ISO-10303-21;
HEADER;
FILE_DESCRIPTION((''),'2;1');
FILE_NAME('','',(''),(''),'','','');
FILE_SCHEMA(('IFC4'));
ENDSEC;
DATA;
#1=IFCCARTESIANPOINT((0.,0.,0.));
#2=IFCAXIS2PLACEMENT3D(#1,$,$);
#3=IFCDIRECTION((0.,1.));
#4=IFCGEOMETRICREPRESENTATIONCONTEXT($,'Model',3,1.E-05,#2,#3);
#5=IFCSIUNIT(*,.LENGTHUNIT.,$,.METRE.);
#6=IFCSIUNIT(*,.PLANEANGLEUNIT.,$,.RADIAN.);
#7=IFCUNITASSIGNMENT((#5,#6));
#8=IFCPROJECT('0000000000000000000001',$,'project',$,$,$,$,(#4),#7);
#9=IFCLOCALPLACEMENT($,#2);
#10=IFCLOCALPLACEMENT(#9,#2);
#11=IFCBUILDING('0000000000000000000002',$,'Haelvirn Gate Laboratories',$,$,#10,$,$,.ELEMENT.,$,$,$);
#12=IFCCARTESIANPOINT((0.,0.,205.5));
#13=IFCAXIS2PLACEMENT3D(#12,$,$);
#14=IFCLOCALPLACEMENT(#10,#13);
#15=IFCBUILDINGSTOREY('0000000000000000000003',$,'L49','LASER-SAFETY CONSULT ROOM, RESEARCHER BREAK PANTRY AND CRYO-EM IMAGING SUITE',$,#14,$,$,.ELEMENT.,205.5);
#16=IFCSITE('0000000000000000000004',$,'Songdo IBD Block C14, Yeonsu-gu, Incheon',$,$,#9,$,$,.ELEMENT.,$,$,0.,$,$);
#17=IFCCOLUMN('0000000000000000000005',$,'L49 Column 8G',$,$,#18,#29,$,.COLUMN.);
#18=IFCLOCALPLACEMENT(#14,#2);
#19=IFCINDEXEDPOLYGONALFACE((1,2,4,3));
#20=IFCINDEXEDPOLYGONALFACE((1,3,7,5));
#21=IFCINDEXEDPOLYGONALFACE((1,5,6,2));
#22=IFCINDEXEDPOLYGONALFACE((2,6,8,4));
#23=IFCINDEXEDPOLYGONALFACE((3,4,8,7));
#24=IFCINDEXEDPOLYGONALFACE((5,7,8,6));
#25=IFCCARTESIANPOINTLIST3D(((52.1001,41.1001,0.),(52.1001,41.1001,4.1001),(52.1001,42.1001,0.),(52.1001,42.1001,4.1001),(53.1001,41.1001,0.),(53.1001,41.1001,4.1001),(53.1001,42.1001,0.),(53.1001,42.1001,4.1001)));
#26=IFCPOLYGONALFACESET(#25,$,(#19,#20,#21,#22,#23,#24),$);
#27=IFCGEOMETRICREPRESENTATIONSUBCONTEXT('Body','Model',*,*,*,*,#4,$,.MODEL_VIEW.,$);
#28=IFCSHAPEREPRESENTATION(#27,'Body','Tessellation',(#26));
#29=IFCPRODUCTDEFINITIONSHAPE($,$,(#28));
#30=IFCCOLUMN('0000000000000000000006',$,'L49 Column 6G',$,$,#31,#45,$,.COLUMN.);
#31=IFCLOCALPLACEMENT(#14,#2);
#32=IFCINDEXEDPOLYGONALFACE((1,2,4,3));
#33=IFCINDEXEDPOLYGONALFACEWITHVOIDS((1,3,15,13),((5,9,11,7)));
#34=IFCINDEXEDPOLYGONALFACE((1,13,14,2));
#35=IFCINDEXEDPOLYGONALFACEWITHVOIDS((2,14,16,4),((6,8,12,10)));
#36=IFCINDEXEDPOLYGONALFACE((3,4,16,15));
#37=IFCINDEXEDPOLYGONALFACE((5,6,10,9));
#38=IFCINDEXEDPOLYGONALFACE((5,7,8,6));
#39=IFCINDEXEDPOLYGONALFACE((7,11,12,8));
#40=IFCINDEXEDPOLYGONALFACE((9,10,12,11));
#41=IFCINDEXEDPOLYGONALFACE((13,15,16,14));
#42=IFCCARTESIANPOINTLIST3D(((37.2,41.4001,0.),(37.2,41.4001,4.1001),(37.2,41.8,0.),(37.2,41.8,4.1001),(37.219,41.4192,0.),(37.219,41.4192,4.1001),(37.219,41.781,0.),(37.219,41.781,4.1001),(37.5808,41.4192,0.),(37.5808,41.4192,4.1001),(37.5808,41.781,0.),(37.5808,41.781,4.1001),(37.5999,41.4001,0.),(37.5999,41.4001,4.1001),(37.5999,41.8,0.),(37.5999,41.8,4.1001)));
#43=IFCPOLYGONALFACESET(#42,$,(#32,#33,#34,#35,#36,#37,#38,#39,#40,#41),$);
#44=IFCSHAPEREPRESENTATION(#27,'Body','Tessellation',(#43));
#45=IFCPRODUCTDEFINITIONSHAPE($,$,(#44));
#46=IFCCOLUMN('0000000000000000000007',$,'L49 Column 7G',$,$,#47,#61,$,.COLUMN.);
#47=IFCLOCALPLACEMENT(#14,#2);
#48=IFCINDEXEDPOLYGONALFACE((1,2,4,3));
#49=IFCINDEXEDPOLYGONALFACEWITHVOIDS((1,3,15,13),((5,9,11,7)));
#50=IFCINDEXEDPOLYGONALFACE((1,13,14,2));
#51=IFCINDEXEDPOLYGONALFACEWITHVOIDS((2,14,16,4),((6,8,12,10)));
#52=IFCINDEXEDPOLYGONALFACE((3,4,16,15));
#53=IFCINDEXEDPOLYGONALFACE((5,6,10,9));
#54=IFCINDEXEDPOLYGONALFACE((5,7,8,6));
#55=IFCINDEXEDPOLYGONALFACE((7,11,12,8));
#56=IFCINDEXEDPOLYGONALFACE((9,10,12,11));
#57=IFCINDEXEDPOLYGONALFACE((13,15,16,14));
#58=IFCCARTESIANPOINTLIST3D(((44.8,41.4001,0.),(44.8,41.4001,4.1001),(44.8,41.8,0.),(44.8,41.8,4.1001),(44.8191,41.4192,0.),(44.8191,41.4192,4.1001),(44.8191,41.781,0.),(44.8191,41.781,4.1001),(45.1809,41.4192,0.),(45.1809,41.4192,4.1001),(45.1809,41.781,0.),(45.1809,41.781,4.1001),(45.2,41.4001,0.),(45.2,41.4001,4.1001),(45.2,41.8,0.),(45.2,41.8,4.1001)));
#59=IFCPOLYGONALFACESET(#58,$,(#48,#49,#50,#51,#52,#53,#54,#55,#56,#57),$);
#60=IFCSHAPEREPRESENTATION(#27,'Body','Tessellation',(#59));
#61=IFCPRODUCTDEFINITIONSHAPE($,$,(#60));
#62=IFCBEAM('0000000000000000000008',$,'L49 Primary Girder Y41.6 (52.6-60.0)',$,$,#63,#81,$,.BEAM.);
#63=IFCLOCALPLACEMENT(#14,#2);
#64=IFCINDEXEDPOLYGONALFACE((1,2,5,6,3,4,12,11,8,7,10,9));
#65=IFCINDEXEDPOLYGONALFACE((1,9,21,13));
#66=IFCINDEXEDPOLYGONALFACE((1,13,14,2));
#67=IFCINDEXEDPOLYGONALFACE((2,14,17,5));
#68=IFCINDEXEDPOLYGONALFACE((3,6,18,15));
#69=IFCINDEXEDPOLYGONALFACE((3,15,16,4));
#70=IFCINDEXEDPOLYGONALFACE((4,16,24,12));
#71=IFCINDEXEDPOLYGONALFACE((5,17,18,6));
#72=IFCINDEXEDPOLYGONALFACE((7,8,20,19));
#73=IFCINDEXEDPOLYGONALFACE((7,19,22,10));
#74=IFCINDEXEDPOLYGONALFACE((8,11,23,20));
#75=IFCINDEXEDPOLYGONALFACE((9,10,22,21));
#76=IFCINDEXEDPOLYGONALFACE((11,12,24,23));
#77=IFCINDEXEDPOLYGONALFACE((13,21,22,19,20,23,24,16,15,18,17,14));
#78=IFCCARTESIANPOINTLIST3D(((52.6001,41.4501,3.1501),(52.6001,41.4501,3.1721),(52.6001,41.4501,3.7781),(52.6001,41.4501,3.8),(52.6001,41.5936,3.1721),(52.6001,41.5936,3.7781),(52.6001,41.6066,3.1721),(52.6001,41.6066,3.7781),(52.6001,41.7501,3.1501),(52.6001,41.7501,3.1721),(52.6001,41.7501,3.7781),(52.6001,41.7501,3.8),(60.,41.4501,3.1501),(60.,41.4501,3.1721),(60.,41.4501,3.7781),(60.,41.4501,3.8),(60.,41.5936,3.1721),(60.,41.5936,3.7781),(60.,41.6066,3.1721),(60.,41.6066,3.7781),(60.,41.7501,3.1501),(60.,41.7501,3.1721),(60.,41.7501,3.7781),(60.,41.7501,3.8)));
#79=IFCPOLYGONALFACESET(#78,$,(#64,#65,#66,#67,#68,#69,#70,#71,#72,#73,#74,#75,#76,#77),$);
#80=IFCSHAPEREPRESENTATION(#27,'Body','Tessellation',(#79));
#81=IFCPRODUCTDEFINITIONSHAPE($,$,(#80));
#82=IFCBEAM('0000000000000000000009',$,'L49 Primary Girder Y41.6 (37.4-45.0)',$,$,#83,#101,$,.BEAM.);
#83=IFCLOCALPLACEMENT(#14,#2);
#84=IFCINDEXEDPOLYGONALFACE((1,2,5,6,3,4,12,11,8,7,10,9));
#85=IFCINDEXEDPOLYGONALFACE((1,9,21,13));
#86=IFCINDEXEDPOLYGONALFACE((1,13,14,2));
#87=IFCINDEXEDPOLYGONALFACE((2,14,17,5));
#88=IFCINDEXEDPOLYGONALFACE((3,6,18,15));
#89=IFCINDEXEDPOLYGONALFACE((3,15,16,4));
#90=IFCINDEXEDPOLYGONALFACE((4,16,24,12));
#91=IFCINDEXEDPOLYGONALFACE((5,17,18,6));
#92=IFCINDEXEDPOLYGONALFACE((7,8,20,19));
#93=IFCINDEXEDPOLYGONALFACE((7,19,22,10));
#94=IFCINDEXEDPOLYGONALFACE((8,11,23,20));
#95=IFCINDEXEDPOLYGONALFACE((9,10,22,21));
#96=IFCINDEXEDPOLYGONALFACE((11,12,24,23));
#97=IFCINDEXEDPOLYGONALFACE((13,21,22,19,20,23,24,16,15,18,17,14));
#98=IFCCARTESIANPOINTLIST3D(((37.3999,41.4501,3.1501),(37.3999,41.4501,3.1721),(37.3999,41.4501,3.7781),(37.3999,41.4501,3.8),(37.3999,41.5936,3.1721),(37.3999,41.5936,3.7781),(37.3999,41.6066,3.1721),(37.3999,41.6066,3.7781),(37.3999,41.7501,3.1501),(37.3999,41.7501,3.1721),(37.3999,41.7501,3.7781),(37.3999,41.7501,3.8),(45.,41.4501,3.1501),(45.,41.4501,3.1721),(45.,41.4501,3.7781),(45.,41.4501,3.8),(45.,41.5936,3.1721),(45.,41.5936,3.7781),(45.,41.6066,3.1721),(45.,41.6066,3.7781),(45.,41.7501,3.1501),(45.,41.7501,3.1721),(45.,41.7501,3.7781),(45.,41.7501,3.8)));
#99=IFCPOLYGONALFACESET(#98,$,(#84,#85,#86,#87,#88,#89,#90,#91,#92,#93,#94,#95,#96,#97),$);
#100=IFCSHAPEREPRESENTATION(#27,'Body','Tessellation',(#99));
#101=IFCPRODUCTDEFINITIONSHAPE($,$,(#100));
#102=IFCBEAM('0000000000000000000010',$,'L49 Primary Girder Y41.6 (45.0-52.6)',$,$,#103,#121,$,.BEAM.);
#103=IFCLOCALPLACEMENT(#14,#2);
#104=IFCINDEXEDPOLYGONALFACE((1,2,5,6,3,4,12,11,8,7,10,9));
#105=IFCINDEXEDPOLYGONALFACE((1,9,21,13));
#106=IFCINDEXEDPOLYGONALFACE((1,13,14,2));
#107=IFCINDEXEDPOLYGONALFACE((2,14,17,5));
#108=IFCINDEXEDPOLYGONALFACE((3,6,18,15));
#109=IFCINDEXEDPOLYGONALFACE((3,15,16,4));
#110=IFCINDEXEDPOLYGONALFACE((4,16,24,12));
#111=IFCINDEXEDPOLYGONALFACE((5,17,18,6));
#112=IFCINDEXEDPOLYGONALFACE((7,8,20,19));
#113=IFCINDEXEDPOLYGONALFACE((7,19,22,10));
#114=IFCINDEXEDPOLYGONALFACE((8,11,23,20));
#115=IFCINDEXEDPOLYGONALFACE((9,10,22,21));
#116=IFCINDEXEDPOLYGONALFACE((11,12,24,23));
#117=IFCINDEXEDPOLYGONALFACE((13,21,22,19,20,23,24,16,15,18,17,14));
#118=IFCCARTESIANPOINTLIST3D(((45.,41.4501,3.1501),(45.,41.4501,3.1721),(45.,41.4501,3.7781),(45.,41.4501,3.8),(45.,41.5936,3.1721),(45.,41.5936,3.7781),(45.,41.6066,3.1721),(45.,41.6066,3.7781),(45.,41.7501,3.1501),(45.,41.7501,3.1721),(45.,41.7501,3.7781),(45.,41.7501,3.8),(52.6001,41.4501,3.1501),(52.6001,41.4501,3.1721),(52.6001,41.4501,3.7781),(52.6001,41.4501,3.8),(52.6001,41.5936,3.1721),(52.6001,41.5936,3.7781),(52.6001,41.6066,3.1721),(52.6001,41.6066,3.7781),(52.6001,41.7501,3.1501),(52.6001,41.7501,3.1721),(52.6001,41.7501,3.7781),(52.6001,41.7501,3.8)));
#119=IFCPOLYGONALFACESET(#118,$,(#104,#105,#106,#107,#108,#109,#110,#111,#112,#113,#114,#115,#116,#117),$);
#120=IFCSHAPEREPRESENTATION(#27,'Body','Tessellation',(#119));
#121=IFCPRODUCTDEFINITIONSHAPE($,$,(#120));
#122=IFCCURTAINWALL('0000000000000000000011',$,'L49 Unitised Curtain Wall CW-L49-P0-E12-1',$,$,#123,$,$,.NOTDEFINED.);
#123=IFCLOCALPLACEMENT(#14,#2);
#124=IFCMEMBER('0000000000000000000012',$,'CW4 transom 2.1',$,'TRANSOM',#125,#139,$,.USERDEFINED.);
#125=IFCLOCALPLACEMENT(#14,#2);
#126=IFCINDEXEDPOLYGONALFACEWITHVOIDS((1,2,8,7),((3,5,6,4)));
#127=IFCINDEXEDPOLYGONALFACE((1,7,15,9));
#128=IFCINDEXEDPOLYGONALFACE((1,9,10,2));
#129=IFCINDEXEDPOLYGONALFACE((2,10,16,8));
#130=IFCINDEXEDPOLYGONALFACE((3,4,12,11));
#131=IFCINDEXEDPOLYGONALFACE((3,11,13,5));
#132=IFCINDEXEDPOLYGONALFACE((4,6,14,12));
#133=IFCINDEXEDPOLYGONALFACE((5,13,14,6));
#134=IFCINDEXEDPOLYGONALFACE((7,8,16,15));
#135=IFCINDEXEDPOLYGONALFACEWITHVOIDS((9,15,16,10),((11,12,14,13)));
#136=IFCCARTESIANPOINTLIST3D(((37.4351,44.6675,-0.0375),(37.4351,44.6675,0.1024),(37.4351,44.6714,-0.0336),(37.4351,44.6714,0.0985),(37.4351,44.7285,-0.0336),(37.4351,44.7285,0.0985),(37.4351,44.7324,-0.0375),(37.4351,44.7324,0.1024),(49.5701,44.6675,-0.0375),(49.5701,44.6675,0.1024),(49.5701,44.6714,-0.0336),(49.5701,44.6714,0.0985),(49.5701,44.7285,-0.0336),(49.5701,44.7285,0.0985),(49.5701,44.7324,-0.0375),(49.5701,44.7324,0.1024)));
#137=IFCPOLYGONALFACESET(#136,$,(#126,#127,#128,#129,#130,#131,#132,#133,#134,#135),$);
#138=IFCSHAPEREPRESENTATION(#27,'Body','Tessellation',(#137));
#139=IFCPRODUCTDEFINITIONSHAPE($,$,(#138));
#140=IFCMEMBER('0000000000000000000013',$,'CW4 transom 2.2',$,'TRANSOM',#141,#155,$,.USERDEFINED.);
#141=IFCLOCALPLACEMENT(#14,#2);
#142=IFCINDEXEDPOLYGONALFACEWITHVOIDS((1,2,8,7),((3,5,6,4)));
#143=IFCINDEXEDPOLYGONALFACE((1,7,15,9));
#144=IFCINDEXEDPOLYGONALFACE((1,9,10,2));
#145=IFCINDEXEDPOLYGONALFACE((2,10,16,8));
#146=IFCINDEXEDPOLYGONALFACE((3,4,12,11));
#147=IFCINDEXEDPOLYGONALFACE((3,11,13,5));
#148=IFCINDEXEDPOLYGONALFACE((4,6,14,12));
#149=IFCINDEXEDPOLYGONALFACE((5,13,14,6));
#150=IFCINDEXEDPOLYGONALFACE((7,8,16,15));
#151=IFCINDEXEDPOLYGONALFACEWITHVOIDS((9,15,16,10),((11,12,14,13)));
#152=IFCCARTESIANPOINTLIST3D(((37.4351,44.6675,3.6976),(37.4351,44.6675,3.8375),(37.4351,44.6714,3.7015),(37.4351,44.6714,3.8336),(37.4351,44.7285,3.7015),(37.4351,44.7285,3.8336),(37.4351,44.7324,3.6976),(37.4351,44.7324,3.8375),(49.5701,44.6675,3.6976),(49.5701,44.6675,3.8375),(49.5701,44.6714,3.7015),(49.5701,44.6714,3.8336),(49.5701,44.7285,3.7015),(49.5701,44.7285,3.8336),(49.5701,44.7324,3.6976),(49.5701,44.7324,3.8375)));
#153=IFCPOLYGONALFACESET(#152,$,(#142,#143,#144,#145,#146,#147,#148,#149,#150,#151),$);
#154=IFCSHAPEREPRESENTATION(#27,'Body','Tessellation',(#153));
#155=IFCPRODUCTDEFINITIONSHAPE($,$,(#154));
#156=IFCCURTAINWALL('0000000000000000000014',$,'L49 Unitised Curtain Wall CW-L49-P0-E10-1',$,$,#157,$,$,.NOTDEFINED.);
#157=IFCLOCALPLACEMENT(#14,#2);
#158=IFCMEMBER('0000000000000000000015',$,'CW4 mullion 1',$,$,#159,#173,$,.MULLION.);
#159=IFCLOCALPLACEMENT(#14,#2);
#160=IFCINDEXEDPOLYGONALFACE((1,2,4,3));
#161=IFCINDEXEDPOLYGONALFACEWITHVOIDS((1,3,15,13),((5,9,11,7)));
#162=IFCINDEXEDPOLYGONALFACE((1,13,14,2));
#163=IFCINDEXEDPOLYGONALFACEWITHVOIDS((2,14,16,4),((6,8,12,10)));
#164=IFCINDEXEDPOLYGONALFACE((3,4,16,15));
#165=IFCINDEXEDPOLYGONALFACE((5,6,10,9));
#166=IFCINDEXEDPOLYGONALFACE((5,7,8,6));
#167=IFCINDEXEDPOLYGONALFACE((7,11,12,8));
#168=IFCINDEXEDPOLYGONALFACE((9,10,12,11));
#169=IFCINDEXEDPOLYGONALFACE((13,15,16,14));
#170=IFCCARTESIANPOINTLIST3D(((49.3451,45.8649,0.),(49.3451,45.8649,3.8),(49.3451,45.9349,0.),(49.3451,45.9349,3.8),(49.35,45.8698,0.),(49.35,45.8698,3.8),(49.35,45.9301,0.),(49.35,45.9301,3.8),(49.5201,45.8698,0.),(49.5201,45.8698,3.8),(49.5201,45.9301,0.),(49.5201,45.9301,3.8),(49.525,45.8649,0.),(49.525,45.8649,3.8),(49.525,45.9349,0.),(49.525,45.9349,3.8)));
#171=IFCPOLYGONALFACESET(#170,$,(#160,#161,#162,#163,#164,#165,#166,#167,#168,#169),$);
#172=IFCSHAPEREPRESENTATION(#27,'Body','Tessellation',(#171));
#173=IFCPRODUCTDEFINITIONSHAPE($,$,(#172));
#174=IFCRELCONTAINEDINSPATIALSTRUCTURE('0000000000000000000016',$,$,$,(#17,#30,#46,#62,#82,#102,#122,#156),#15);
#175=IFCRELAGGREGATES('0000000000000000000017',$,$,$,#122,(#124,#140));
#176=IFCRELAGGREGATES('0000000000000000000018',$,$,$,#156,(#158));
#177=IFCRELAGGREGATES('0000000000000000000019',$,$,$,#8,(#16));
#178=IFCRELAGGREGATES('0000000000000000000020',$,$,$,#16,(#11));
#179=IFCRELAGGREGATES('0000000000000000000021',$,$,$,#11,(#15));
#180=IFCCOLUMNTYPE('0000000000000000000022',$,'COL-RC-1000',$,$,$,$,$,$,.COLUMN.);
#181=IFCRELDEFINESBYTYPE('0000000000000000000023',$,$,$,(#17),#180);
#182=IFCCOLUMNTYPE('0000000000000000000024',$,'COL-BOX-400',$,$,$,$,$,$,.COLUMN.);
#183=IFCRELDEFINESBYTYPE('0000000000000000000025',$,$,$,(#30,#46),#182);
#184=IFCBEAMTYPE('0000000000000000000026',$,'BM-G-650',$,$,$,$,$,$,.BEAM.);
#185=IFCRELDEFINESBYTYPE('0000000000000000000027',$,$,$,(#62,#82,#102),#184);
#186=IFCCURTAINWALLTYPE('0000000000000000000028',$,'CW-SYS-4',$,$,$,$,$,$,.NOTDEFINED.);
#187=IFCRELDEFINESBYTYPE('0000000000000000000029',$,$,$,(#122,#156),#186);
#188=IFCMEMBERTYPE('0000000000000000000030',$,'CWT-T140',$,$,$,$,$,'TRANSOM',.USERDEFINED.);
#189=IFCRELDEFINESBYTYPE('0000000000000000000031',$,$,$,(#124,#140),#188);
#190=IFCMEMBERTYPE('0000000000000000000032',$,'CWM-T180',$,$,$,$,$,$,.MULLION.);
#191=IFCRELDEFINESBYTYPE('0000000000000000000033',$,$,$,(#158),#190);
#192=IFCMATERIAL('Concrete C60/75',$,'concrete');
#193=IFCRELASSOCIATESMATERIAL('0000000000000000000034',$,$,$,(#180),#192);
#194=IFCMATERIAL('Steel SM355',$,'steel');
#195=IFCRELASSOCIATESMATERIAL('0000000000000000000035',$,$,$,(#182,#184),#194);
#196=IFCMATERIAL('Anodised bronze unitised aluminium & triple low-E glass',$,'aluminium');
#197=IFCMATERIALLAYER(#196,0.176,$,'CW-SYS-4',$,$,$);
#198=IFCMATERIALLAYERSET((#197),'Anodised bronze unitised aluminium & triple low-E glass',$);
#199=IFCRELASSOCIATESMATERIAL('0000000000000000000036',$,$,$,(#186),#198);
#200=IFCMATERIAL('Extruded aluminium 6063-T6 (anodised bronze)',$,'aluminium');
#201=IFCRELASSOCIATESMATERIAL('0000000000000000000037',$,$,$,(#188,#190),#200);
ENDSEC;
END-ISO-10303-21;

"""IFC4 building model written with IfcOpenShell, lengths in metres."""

from ifc_helpers import new_model, si_unit, direction, frame, origin, origin_2d, place, context, subcontext, project, spatial, rectangle, hollow_rectangle, i_section, extrude, source, transform, mapped, material, layer, layer_set, material_profile, profile_set, type_object, type_shapes, element, aggregate, save


model = new_model("IFC4")

# Units and contexts
model_context = context("Model", 3, precision=1e-05, world=origin(), true_north=direction((0.0, 1.0)))
body_context = subcontext(model_context, "Body", "Model", "MODEL_VIEW")
ifc_project = project(units=[si_unit("LENGTHUNIT", "METRE"), si_unit("PLANEANGLEUNIT", "RADIAN")], contexts=[model_context])

# Site, building, storey
site_placement = place(None, origin())
site = spatial("IfcSite", under=ifc_project, at=site_placement, Name="Songdo IBD Block C14, Yeonsu-gu, Incheon", CompositionType="ELEMENT", RefElevation=0.0)
building_placement = place(site_placement, origin())
building = spatial("IfcBuilding", under=site, at=building_placement, Name="Haelvirn Gate Laboratories", CompositionType="ELEMENT")
storey_placement = place(building_placement, frame((0.0, 0.0, 205.5)))
storey = spatial("IfcBuildingStorey", under=building, at=storey_placement, Name="L49", Description="LASER-SAFETY CONSULT ROOM, RESEARCHER BREAK PANTRY AND CRYO-EM IMAGING SUITE", CompositionType="ELEMENT", Elevation=205.5)

# Columns
ifc_material_1 = material(Name="Concrete C60/75", Category="concrete")
ifc_material_profile_1 = material_profile(ifc_material_1, rectangle(XDim=1.0, YDim=1.0, at=origin_2d()), Name="RC-1000x1000")
ifc_profile_set_1 = profile_set([ifc_material_profile_1], Name="Concrete C60/75")
column_type_1 = type_object("IfcColumnType", Name="COL-RC-1000", PredefinedType="COLUMN", material=ifc_profile_set_1)
shared_shape_1 = source(origin(), body_context, "Body", "SweptSolid", [
    extrude(rectangle(XDim=1.0, YDim=1.0, at=origin_2d()), origin(), (0.0, 0.0, 1.0), 4.1001),
])
type_shapes(column_type_1, [shared_shape_1])
column_placement = place(storey_placement, frame((52.6001, 41.6001, 0.0), z_axis=(0.0, 0.0, 1.0), x_axis=(1.0, 0.0, 0.0)))
element("IfcColumn", 1, at=column_placement, inside=storey, type_object=column_type_1, Name="L49 Column 8G", PredefinedType="COLUMN", context=body_context, shape_type="MappedRepresentation", body=[
    mapped(shared_shape_1, transform((0.0, 0.0, 0.0), scale=1.0)),
])
ifc_material_2 = material(Name="Steel SM355", Category="steel")
ifc_material_profile_2 = material_profile(ifc_material_2, hollow_rectangle(XDim=0.3999, YDim=0.3999, WallThickness=0.019, at=origin_2d()), Name="BOX-400x400x19")
ifc_profile_set_2 = profile_set([ifc_material_profile_2], Name="Steel SM355")
column_type_2 = type_object("IfcColumnType", Name="COL-BOX-400", PredefinedType="COLUMN", material=ifc_profile_set_2)
shared_shape_2 = source(origin(), body_context, "Body", "SweptSolid", [
    extrude(hollow_rectangle(XDim=0.3999, YDim=0.3999, WallThickness=0.019, at=origin_2d()), origin(), (0.0, 0.0, 1.0), 4.1001),
])
type_shapes(column_type_2, [shared_shape_2])
for number, where, z_axis, x_axis, name in (
    (2, (37.3999, 41.6001, 0.0), (0.0, 0.0, 1.0), (1.0, 0.0, 0.0), "L49 Column 6G"),
    (3, (45.0, 41.6001, 0.0), (0.0, 0.0, 1.0), (1.0, 0.0, 0.0), "L49 Column 7G"),
):
    element("IfcColumn", number, at=place(storey_placement, frame(where, z_axis=z_axis, x_axis=x_axis)), inside=storey, type_object=column_type_2, Name=name, PredefinedType="COLUMN", context=body_context, shape_type="MappedRepresentation", body=[
        mapped(shared_shape_2, transform((0.0, 0.0, 0.0), scale=1.0)),
    ])

# Beams
ifc_material_profile_3 = material_profile(ifc_material_2, i_section(OverallWidth=0.3, OverallDepth=0.6499, WebThickness=0.0129, FlangeThickness=0.022, at=origin_2d()), Name="H-650x300x13x22")
ifc_profile_set_3 = profile_set([ifc_material_profile_3], Name="Steel SM355")
beam_type = type_object("IfcBeamType", Name="BM-G-650", PredefinedType="BEAM", material=ifc_profile_set_3)
shared_shape_3 = source(origin(), body_context, "Body", "SweptSolid", [
    extrude(i_section(OverallWidth=0.3, OverallDepth=0.6499, WebThickness=0.0129, FlangeThickness=0.022, at=origin_2d()), origin(), (0.0, 0.0, 1.0), 7.3999),
])
beam_placement = place(storey_placement, frame((52.6001, 41.6001, 3.4751), z_axis=(1.0, 0.0, 0.0), x_axis=(0.0, 1.0, 0.0)))
element("IfcBeam", 4, at=beam_placement, inside=storey, type_object=beam_type, Name="L49 Primary Girder Y41.6 (52.6-60.0)", PredefinedType="BEAM", context=body_context, shape_type="MappedRepresentation", body=[
    mapped(shared_shape_3, transform((0.0, 0.0, 0.0), scale=1.0)),
])
shared_shape_4 = source(origin(), body_context, "Body", "SweptSolid", [
    extrude(i_section(OverallWidth=0.3, OverallDepth=0.6499, WebThickness=0.0129, FlangeThickness=0.022, at=origin_2d()), origin(), (0.0, 0.0, 1.0), 7.6001),
])
type_shapes(beam_type, [shared_shape_3, shared_shape_4])
for number, where, z_axis, x_axis, name in (
    (5, (37.3999, 41.6001, 3.4751), (1.0, 0.0, 0.0), (0.0, 1.0, 0.0), "L49 Primary Girder Y41.6 (37.4-45.0)"),
    (6, (45.0, 41.6001, 3.4751), (1.0, 0.0, 0.0), (0.0, 1.0, 0.0), "L49 Primary Girder Y41.6 (45.0-52.6)"),
):
    element("IfcBeam", number, at=place(storey_placement, frame(where, z_axis=z_axis, x_axis=x_axis)), inside=storey, type_object=beam_type, Name=name, PredefinedType="BEAM", context=body_context, shape_type="MappedRepresentation", body=[
        mapped(shared_shape_4, transform((0.0, 0.0, 0.0), scale=1.0)),
    ])

# Curtain walls, members
ifc_material_3 = material(Name="Anodised bronze unitised aluminium & triple low-E glass", Category="aluminium")
ifc_layer_1 = layer(ifc_material_3, 0.176, Name="CW-SYS-4")
ifc_layer_set_1 = layer_set([ifc_layer_1], Name="Anodised bronze unitised aluminium & triple low-E glass")
curtain_wall_type = type_object("IfcCurtainWallType", Name="CW-SYS-4", PredefinedType="NOTDEFINED", material=ifc_layer_set_1)
curtain_wall_1_placement = place(storey_placement, origin())
curtain_wall_1 = element("IfcCurtainWall", 7, at=curtain_wall_1_placement, inside=storey, type_object=curtain_wall_type, Name="L49 Unitised Curtain Wall CW-L49-P0-E12-1", PredefinedType="NOTDEFINED")
ifc_material_4 = material(Name="Extruded aluminium 6063-T6 (anodised bronze)", Category="aluminium")
ifc_material_profile_4 = material_profile(ifc_material_4, hollow_rectangle(XDim=0.0649, YDim=0.1399, WallThickness=0.0039, at=origin_2d()), Name="CWT-140x65x4")
ifc_profile_set_4 = profile_set([ifc_material_profile_4], Name="Extruded aluminium 6063-T6 (anodised bronze)")
member_type_1 = type_object("IfcMemberType", Name="CWT-T140", ElementType="TRANSOM", PredefinedType="USERDEFINED", material=ifc_profile_set_4)
shared_shape_5 = source(origin(), body_context, "Body", "SweptSolid", [
    extrude(hollow_rectangle(XDim=0.0649, YDim=0.1399, WallThickness=0.0039, at=origin_2d()), origin(), (0.0, 0.0, 1.0), 12.135),
])
member_1_placement = place(storey_placement, frame((37.4351, 44.7, 0.0325), z_axis=(1.0, 0.0, 0.0), x_axis=(0.0, 1.0, 0.0)))
member_1 = element("IfcMember", 8, at=member_1_placement, type_object=member_type_1, Name="CW4 transom 2.1", ObjectType="TRANSOM", PredefinedType="USERDEFINED", context=body_context, shape_type="MappedRepresentation", body=[
    mapped(shared_shape_5, transform((0.0, 0.0, 0.0), scale=1.0)),
])
member_2_placement = place(storey_placement, frame((37.4351, 44.7, 3.7676), z_axis=(1.0, 0.0, 0.0), x_axis=(0.0, 1.0, 0.0)))
member_2 = element("IfcMember", 9, at=member_2_placement, type_object=member_type_1, Name="CW4 transom 2.2", ObjectType="TRANSOM", PredefinedType="USERDEFINED", context=body_context, shape_type="MappedRepresentation", body=[
    mapped(shared_shape_5, transform((0.0, 0.0, 0.0), scale=1.0)),
])
curtain_wall_2_placement = place(storey_placement, origin())
curtain_wall_2 = element("IfcCurtainWall", 10, at=curtain_wall_2_placement, inside=storey, type_object=curtain_wall_type, Name="L49 Unitised Curtain Wall CW-L49-P0-E10-1", PredefinedType="NOTDEFINED")
ifc_material_profile_5 = material_profile(ifc_material_4, hollow_rectangle(XDim=0.0701, YDim=0.1799, WallThickness=0.0049, at=origin_2d()), Name="CWM-180x70x5")
ifc_profile_set_5 = profile_set([ifc_material_profile_5], Name="Extruded aluminium 6063-T6 (anodised bronze)")
member_type_2 = type_object("IfcMemberType", Name="CWM-T180", PredefinedType="MULLION", material=ifc_profile_set_5)
shared_shape_6 = source(origin(), body_context, "Body", "SweptSolid", [
    extrude(hollow_rectangle(XDim=0.0701, YDim=0.1799, WallThickness=0.0049, at=origin_2d()), origin(), (0.0, 0.0, 1.0), 3.8),
])
type_shapes(member_type_2, [shared_shape_6])
member_3_placement = place(storey_placement, frame((49.4351, 45.8999, 0.0), z_axis=(0.0, 0.0, 1.0), x_axis=(0.0, 1.0, 0.0)))
member_3 = element("IfcMember", 11, at=member_3_placement, type_object=member_type_2, Name="CW4 mullion 1", PredefinedType="MULLION", context=body_context, shape_type="MappedRepresentation", body=[
    mapped(shared_shape_6, transform((0.0, 0.0, 0.0), scale=1.0)),
])

aggregate(curtain_wall_1, [member_1, member_2])
aggregate(curtain_wall_2, [member_3])

save(model, "model.ifc")
